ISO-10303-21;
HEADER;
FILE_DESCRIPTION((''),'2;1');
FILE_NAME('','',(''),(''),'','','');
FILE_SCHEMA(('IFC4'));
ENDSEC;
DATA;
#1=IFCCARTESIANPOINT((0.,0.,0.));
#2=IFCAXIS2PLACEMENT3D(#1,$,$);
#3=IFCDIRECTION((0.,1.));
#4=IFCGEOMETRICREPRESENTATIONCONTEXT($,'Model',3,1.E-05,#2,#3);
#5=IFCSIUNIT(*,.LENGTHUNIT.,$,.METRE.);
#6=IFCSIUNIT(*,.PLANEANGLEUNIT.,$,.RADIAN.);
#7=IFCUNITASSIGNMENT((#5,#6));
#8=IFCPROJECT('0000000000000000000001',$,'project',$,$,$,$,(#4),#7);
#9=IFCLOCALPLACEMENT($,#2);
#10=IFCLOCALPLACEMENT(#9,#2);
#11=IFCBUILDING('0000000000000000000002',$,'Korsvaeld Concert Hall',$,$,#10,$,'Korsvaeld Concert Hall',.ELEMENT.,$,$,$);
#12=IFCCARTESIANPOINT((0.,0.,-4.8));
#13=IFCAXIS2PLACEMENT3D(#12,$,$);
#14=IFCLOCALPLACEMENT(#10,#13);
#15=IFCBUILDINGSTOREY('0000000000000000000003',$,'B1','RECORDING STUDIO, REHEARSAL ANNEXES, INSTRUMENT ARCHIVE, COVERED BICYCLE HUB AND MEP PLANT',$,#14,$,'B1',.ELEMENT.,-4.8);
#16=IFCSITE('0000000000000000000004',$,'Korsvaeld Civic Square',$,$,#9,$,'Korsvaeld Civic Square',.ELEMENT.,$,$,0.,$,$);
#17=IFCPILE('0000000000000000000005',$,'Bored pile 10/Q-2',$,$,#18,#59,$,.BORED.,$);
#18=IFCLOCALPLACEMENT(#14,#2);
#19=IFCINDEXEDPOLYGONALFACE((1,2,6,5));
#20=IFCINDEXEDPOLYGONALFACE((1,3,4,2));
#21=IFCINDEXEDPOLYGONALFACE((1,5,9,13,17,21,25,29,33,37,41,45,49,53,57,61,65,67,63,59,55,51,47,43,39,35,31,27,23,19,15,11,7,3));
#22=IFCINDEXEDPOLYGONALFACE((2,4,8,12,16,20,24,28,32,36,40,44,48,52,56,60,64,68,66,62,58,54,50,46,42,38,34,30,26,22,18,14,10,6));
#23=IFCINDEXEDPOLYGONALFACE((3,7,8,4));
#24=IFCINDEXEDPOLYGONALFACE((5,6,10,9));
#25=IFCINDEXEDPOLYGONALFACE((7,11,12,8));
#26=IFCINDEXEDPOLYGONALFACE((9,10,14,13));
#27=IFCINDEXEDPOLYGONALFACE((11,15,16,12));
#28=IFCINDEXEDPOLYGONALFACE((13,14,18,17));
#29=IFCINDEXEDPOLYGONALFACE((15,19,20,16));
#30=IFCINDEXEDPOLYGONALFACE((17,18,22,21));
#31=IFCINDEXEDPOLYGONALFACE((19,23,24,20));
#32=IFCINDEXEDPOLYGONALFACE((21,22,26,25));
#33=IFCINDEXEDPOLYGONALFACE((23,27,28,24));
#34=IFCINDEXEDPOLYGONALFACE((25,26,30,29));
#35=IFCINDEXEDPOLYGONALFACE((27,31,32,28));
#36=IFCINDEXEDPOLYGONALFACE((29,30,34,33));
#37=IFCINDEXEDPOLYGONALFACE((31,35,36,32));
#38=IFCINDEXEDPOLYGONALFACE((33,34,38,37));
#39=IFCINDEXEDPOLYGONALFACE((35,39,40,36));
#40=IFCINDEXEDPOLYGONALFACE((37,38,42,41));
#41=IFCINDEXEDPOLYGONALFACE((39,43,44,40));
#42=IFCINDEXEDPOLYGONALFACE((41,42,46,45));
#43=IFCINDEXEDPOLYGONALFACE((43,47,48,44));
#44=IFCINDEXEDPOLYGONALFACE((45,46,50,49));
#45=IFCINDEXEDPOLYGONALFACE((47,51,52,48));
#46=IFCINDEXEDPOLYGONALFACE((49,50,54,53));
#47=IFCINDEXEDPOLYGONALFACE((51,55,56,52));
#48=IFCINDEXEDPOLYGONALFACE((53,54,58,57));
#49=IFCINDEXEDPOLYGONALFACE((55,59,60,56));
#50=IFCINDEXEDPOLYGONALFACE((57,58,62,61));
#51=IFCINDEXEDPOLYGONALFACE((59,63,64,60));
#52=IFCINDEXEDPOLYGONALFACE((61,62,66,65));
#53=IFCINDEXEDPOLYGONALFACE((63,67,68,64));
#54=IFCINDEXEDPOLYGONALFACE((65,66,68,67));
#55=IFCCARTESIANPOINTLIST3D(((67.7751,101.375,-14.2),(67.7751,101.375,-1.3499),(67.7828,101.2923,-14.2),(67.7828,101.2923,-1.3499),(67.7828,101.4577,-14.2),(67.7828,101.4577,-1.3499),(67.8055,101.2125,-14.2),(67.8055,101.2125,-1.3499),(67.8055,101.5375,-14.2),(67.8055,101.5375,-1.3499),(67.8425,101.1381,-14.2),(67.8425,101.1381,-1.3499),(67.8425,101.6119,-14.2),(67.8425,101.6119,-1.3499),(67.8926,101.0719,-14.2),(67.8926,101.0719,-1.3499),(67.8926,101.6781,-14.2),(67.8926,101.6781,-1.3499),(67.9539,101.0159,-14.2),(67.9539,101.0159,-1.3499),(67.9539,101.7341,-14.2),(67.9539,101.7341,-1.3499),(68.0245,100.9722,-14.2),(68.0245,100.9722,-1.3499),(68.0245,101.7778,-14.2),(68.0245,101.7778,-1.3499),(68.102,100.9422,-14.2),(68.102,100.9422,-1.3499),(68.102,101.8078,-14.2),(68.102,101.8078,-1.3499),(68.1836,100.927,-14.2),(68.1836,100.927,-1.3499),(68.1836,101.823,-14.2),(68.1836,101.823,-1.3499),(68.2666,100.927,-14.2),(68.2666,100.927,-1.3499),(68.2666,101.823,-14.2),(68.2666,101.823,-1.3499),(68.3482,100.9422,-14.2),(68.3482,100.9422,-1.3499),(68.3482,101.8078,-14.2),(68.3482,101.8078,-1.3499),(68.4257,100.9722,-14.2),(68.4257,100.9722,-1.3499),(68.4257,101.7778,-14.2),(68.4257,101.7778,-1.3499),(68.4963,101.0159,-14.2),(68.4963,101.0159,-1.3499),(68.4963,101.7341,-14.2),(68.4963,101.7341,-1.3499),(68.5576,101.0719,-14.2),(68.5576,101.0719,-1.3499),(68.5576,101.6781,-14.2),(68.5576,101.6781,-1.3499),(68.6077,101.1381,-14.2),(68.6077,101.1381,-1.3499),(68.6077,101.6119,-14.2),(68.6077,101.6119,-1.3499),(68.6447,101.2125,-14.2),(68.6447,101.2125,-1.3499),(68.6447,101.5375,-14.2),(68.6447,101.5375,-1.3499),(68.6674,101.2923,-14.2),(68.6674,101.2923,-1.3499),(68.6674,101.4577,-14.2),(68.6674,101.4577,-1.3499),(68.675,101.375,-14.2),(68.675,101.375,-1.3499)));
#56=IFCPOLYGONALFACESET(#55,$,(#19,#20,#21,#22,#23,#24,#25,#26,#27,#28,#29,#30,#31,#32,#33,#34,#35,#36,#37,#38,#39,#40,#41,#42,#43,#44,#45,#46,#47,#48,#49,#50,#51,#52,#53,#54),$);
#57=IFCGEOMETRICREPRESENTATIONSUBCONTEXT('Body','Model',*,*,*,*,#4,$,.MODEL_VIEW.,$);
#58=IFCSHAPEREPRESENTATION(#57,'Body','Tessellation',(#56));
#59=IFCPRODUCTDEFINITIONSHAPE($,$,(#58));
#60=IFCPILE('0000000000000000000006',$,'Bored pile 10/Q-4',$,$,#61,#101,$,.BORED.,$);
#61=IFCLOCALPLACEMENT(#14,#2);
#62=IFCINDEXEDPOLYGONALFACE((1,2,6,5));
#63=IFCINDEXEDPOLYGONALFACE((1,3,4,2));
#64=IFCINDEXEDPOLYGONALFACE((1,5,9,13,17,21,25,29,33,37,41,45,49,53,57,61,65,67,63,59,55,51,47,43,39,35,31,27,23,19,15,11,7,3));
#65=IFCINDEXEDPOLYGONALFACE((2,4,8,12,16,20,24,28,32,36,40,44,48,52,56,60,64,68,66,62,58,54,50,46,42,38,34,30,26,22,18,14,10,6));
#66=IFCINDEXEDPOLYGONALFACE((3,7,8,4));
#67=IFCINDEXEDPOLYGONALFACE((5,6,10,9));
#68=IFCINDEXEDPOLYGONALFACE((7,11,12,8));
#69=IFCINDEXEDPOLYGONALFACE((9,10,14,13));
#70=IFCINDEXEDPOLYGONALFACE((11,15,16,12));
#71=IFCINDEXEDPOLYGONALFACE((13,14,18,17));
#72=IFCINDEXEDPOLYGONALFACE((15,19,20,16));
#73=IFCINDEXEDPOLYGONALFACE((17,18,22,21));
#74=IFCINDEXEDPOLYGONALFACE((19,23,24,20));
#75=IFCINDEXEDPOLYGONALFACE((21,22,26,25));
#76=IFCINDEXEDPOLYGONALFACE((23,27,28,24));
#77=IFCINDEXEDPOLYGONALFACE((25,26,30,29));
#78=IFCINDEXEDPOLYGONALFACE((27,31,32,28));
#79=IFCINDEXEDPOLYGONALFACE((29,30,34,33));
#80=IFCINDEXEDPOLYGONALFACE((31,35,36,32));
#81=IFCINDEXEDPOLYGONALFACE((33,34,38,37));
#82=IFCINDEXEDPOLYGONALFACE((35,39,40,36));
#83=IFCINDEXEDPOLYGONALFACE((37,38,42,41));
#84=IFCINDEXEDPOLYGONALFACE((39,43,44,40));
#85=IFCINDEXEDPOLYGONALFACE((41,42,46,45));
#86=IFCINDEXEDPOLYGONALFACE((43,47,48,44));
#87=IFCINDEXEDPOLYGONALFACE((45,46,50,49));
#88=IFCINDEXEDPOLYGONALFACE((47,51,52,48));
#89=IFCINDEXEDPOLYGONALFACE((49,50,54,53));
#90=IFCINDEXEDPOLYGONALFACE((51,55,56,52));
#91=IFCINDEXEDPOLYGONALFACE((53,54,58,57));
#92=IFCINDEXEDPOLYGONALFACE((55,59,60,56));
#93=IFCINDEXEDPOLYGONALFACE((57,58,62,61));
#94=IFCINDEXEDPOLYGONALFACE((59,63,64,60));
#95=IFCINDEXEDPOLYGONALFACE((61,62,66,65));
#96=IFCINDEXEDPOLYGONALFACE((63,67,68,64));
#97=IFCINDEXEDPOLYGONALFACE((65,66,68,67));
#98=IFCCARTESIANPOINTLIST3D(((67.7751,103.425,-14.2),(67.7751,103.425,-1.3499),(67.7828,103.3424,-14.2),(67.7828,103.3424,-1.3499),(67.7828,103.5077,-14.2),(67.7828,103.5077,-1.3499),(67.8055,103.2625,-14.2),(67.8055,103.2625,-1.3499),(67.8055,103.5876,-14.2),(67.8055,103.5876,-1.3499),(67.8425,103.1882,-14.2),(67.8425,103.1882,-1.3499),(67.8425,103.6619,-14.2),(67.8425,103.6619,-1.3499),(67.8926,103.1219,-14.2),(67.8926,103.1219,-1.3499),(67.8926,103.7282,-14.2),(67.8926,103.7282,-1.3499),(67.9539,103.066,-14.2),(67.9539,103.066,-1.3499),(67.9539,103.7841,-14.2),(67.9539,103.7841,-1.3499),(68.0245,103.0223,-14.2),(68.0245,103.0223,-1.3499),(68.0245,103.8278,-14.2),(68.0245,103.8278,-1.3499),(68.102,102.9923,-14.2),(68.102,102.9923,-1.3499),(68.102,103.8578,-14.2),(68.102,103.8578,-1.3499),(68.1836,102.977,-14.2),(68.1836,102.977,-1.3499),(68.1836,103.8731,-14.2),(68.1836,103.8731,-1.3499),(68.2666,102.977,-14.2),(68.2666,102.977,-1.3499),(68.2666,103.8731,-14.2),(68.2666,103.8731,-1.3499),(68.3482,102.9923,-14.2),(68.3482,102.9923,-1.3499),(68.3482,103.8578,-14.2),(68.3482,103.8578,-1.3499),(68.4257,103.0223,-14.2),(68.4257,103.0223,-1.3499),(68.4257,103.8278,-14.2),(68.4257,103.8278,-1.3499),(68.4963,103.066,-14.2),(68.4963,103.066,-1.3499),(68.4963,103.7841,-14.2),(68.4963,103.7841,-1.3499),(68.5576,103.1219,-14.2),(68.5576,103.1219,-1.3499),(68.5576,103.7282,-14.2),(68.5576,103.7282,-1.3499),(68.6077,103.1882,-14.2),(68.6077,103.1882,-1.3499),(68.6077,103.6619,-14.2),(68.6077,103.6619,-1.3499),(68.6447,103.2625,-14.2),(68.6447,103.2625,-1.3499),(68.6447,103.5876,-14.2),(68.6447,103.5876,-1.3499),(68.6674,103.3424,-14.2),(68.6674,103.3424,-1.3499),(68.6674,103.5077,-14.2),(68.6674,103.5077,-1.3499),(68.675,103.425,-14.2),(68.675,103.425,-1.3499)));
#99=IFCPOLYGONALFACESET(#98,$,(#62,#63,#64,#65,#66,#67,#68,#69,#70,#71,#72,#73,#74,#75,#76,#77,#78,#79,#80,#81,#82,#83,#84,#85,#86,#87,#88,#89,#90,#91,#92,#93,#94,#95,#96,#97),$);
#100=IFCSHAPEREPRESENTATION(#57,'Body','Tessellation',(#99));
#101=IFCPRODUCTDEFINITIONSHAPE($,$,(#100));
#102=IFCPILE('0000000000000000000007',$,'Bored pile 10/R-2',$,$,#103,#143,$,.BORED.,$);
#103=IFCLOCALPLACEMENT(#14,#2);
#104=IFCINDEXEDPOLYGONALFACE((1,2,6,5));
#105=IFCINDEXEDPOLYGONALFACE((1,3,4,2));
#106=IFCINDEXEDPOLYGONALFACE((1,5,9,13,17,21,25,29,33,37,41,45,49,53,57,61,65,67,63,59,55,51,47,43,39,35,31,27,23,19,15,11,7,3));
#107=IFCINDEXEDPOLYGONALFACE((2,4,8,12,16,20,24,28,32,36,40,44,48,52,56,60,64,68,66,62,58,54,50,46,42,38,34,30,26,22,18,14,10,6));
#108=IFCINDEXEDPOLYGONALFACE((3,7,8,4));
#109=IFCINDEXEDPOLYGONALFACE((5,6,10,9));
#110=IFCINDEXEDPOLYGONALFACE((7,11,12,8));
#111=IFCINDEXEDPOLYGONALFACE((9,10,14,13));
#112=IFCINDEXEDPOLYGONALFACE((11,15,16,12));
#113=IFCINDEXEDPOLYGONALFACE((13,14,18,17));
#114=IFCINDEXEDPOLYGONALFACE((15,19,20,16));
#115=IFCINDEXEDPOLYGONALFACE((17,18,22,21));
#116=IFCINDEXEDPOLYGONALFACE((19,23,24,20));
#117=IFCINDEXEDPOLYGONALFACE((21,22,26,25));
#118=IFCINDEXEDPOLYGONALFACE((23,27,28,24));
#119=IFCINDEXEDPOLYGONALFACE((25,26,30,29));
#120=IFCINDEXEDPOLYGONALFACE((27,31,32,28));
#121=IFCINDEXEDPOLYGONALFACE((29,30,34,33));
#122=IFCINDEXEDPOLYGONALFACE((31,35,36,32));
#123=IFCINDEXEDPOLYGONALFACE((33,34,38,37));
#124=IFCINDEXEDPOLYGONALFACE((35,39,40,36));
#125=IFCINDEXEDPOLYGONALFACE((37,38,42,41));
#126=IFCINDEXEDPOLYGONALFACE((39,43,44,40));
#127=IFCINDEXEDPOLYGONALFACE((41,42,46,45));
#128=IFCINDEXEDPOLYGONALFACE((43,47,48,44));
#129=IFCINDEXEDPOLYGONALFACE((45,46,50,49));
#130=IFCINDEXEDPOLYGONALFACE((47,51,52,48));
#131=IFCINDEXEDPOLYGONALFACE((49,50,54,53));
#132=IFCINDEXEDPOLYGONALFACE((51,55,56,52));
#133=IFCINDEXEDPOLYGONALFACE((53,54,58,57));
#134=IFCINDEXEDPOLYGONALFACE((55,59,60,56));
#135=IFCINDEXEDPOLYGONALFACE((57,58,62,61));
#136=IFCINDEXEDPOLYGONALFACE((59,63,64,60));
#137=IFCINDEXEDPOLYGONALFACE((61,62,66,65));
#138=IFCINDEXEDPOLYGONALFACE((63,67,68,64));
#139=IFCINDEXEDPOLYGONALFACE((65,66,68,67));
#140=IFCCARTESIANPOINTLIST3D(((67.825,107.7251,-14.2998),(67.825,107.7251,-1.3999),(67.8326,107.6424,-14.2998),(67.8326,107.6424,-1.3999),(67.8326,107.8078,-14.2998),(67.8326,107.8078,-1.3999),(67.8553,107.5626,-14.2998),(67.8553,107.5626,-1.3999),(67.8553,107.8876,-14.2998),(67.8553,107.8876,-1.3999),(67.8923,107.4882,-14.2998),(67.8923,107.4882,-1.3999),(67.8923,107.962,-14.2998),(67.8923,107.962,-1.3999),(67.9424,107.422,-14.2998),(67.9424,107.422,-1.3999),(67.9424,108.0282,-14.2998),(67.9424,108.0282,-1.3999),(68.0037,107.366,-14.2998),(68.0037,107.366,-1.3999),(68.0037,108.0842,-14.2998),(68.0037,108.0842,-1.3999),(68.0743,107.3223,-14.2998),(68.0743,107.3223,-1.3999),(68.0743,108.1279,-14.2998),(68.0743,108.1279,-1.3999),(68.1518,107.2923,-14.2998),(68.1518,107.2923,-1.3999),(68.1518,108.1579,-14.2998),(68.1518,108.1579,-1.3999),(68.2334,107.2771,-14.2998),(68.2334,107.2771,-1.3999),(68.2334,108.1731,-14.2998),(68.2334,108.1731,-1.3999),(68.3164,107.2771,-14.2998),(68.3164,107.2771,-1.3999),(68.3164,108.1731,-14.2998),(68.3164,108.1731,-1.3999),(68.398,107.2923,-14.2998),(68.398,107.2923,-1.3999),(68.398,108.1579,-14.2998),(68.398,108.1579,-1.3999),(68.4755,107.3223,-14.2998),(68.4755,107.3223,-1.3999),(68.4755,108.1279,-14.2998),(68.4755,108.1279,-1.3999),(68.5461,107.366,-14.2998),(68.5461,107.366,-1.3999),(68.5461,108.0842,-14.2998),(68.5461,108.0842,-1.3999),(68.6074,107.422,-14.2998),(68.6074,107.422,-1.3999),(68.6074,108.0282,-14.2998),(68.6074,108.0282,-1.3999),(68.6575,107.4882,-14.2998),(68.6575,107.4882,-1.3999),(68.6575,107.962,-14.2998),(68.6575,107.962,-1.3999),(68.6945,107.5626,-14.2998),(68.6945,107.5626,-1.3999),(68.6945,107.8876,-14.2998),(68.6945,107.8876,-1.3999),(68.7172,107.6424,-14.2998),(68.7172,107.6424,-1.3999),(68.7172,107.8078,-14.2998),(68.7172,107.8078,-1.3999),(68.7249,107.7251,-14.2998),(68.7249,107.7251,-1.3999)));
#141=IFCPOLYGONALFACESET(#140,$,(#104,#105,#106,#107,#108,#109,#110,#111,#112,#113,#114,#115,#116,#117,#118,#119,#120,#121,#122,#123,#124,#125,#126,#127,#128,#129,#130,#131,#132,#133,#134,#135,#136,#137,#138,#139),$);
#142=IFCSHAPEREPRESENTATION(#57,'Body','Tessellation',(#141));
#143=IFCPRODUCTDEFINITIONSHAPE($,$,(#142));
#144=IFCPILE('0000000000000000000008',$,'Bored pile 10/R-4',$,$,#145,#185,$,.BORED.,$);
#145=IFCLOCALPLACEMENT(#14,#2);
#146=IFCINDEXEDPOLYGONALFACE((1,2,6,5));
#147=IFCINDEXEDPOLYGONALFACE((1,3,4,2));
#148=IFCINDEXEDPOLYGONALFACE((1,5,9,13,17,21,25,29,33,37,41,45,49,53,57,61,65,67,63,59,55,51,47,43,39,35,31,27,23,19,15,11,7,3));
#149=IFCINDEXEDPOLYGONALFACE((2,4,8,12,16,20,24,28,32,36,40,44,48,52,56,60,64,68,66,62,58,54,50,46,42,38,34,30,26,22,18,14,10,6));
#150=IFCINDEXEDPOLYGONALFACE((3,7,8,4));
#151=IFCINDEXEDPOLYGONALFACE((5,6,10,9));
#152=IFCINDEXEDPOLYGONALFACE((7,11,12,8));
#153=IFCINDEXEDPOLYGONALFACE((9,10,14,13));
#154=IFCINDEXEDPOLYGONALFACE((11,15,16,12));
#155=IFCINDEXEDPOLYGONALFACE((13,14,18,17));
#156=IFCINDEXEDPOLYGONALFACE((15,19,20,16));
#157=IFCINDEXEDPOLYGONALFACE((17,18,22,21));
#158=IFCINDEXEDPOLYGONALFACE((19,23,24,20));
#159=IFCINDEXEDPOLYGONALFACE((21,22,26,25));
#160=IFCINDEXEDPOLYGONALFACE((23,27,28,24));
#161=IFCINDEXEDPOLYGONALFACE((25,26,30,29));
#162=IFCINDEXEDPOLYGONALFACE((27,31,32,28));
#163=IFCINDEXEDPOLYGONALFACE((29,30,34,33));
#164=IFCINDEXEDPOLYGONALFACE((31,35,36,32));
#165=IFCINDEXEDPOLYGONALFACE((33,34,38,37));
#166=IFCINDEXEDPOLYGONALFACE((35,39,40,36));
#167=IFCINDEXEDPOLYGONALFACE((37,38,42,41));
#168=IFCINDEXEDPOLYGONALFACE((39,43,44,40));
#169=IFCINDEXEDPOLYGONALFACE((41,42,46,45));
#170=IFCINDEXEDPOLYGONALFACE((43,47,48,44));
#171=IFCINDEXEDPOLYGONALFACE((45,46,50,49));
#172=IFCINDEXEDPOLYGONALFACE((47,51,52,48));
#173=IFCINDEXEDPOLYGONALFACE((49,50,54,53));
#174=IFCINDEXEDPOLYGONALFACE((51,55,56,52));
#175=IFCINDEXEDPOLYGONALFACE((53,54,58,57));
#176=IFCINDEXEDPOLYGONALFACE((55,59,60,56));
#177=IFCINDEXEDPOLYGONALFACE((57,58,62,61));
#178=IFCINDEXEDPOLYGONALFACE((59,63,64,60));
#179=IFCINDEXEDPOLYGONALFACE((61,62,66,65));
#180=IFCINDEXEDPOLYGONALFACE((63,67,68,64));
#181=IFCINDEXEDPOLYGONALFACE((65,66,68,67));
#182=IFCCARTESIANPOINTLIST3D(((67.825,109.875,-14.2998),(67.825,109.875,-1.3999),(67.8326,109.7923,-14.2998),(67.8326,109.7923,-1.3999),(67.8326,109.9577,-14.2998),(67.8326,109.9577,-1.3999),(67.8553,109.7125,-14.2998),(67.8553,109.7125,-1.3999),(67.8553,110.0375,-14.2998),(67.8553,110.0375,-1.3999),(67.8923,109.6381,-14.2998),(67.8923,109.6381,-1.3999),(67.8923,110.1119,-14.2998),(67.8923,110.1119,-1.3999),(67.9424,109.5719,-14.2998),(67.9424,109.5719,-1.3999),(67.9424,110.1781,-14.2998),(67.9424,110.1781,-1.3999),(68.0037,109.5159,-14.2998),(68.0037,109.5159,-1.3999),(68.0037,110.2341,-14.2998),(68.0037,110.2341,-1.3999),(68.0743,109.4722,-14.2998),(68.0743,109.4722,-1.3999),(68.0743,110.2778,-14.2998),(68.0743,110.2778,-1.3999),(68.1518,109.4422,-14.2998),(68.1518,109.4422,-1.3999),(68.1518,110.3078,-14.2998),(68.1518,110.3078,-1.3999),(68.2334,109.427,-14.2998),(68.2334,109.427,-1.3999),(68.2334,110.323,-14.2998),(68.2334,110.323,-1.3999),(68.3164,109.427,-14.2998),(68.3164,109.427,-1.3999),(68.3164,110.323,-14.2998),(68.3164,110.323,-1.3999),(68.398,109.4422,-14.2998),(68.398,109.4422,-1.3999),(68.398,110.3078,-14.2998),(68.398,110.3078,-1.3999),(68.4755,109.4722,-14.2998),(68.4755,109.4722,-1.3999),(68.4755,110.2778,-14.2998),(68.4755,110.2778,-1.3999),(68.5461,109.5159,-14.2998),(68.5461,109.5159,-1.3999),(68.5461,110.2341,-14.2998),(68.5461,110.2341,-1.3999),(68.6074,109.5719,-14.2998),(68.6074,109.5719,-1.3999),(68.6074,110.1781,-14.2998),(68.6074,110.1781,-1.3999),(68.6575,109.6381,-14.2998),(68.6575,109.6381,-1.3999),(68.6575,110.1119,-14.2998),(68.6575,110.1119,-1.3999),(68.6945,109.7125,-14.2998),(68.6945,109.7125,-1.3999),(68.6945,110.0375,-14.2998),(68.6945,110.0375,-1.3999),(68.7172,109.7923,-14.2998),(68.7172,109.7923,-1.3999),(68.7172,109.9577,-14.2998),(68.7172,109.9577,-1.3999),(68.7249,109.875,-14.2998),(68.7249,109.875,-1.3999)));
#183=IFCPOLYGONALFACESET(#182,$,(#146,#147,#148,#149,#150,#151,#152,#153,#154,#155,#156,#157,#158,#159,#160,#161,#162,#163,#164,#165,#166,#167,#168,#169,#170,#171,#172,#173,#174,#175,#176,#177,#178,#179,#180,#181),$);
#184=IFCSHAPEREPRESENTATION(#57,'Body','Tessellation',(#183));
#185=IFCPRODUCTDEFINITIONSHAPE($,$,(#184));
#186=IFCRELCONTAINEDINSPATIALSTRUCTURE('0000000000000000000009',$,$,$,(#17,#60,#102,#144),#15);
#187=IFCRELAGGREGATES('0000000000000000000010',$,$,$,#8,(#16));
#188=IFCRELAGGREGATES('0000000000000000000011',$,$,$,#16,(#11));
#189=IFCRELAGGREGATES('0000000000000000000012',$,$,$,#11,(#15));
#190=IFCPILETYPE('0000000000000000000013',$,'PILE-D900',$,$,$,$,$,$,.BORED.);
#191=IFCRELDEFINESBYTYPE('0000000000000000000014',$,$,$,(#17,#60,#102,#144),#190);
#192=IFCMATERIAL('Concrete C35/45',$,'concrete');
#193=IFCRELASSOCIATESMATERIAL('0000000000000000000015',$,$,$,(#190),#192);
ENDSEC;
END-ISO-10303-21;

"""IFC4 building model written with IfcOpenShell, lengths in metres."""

from ifc_helpers import new_model, si_unit, direction, frame, origin, origin_2d, place, context, subcontext, project, spatial, circle, extrude, material, material_profile, profile_set, type_object, element, save


model = new_model("IFC4")

# Units and contexts
model_context = context("Model", 3, precision=1e-05, world=origin(), true_north=direction((0.0, 1.0)))
body_context = subcontext(model_context, "Body", "Model", "MODEL_VIEW")
ifc_project = project(units=[si_unit("LENGTHUNIT", "METRE"), si_unit("PLANEANGLEUNIT", "RADIAN")], contexts=[model_context])

# Site, building, storey
site_placement = place(None, origin())
site = spatial("IfcSite", under=ifc_project, at=site_placement, Name="Korsvaeld Civic Square", LongName="Korsvaeld Civic Square", CompositionType="ELEMENT", RefElevation=0.0)
building_placement = place(site_placement, origin())
building = spatial("IfcBuilding", under=site, at=building_placement, Name="Korsvaeld Concert Hall", LongName="Korsvaeld Concert Hall", CompositionType="ELEMENT")
storey_placement = place(building_placement, frame((0.0, 0.0, -4.8)))
storey = spatial("IfcBuildingStorey", under=building, at=storey_placement, Name="B1", Description="RECORDING STUDIO, REHEARSAL ANNEXES, INSTRUMENT ARCHIVE, COVERED BICYCLE HUB AND MEP PLANT", LongName="B1", CompositionType="ELEMENT", Elevation=-4.8)

# Shared definitions
ifc_material_1 = material(Name="Concrete C35/45", Category="concrete")

# Piles
ifc_material_profile_1 = material_profile(ifc_material_1, circle(Radius=0.45, at=origin_2d()), Name="BORED PILE D900")
ifc_profile_set_1 = profile_set([ifc_material_profile_1], Name="Concrete C35/45")
pile_type_1 = type_object("IfcPileType", Name="PILE-D900", PredefinedType="BORED", material=ifc_profile_set_1)
for number, where, z_axis, x_axis, name in (
    (1, (68.2251, 101.375, -1.3499), (0.0, 0.0, -1.0), (1.0, 0.0, 0.0), "Bored pile 10/Q-2"),
    (2, (68.2251, 103.425, -1.3499), (0.0, 0.0, -1.0), (1.0, 0.0, 0.0), "Bored pile 10/Q-4"),
):
    element("IfcPile", number, at=place(storey_placement, frame(where, z_axis=z_axis, x_axis=x_axis)), inside=storey, type_object=pile_type_1, Name=name, PredefinedType="BORED", context=body_context, shape_type="SweptSolid", body=[
        extrude(circle(Radius=0.45, at=origin_2d()), origin(), (0.0, 0.0, 1.0), 12.8501),
    ])
for number, where, z_axis, x_axis, name in (
    (3, (68.2749, 107.7251, -1.3999), (0.0, 0.0, -1.0), (1.0, 0.0, 0.0), "Bored pile 10/R-2"),
    (4, (68.2749, 109.875, -1.3999), (0.0, 0.0, -1.0), (1.0, 0.0, 0.0), "Bored pile 10/R-4"),
):
    element("IfcPile", number, at=place(storey_placement, frame(where, z_axis=z_axis, x_axis=x_axis)), inside=storey, type_object=pile_type_1, Name=name, PredefinedType="BORED", context=body_context, shape_type="SweptSolid", body=[
        extrude(circle(Radius=0.45, at=origin_2d()), origin(), (0.0, 0.0, 1.0), 12.8999),
    ])

save(model, "model.ifc")
